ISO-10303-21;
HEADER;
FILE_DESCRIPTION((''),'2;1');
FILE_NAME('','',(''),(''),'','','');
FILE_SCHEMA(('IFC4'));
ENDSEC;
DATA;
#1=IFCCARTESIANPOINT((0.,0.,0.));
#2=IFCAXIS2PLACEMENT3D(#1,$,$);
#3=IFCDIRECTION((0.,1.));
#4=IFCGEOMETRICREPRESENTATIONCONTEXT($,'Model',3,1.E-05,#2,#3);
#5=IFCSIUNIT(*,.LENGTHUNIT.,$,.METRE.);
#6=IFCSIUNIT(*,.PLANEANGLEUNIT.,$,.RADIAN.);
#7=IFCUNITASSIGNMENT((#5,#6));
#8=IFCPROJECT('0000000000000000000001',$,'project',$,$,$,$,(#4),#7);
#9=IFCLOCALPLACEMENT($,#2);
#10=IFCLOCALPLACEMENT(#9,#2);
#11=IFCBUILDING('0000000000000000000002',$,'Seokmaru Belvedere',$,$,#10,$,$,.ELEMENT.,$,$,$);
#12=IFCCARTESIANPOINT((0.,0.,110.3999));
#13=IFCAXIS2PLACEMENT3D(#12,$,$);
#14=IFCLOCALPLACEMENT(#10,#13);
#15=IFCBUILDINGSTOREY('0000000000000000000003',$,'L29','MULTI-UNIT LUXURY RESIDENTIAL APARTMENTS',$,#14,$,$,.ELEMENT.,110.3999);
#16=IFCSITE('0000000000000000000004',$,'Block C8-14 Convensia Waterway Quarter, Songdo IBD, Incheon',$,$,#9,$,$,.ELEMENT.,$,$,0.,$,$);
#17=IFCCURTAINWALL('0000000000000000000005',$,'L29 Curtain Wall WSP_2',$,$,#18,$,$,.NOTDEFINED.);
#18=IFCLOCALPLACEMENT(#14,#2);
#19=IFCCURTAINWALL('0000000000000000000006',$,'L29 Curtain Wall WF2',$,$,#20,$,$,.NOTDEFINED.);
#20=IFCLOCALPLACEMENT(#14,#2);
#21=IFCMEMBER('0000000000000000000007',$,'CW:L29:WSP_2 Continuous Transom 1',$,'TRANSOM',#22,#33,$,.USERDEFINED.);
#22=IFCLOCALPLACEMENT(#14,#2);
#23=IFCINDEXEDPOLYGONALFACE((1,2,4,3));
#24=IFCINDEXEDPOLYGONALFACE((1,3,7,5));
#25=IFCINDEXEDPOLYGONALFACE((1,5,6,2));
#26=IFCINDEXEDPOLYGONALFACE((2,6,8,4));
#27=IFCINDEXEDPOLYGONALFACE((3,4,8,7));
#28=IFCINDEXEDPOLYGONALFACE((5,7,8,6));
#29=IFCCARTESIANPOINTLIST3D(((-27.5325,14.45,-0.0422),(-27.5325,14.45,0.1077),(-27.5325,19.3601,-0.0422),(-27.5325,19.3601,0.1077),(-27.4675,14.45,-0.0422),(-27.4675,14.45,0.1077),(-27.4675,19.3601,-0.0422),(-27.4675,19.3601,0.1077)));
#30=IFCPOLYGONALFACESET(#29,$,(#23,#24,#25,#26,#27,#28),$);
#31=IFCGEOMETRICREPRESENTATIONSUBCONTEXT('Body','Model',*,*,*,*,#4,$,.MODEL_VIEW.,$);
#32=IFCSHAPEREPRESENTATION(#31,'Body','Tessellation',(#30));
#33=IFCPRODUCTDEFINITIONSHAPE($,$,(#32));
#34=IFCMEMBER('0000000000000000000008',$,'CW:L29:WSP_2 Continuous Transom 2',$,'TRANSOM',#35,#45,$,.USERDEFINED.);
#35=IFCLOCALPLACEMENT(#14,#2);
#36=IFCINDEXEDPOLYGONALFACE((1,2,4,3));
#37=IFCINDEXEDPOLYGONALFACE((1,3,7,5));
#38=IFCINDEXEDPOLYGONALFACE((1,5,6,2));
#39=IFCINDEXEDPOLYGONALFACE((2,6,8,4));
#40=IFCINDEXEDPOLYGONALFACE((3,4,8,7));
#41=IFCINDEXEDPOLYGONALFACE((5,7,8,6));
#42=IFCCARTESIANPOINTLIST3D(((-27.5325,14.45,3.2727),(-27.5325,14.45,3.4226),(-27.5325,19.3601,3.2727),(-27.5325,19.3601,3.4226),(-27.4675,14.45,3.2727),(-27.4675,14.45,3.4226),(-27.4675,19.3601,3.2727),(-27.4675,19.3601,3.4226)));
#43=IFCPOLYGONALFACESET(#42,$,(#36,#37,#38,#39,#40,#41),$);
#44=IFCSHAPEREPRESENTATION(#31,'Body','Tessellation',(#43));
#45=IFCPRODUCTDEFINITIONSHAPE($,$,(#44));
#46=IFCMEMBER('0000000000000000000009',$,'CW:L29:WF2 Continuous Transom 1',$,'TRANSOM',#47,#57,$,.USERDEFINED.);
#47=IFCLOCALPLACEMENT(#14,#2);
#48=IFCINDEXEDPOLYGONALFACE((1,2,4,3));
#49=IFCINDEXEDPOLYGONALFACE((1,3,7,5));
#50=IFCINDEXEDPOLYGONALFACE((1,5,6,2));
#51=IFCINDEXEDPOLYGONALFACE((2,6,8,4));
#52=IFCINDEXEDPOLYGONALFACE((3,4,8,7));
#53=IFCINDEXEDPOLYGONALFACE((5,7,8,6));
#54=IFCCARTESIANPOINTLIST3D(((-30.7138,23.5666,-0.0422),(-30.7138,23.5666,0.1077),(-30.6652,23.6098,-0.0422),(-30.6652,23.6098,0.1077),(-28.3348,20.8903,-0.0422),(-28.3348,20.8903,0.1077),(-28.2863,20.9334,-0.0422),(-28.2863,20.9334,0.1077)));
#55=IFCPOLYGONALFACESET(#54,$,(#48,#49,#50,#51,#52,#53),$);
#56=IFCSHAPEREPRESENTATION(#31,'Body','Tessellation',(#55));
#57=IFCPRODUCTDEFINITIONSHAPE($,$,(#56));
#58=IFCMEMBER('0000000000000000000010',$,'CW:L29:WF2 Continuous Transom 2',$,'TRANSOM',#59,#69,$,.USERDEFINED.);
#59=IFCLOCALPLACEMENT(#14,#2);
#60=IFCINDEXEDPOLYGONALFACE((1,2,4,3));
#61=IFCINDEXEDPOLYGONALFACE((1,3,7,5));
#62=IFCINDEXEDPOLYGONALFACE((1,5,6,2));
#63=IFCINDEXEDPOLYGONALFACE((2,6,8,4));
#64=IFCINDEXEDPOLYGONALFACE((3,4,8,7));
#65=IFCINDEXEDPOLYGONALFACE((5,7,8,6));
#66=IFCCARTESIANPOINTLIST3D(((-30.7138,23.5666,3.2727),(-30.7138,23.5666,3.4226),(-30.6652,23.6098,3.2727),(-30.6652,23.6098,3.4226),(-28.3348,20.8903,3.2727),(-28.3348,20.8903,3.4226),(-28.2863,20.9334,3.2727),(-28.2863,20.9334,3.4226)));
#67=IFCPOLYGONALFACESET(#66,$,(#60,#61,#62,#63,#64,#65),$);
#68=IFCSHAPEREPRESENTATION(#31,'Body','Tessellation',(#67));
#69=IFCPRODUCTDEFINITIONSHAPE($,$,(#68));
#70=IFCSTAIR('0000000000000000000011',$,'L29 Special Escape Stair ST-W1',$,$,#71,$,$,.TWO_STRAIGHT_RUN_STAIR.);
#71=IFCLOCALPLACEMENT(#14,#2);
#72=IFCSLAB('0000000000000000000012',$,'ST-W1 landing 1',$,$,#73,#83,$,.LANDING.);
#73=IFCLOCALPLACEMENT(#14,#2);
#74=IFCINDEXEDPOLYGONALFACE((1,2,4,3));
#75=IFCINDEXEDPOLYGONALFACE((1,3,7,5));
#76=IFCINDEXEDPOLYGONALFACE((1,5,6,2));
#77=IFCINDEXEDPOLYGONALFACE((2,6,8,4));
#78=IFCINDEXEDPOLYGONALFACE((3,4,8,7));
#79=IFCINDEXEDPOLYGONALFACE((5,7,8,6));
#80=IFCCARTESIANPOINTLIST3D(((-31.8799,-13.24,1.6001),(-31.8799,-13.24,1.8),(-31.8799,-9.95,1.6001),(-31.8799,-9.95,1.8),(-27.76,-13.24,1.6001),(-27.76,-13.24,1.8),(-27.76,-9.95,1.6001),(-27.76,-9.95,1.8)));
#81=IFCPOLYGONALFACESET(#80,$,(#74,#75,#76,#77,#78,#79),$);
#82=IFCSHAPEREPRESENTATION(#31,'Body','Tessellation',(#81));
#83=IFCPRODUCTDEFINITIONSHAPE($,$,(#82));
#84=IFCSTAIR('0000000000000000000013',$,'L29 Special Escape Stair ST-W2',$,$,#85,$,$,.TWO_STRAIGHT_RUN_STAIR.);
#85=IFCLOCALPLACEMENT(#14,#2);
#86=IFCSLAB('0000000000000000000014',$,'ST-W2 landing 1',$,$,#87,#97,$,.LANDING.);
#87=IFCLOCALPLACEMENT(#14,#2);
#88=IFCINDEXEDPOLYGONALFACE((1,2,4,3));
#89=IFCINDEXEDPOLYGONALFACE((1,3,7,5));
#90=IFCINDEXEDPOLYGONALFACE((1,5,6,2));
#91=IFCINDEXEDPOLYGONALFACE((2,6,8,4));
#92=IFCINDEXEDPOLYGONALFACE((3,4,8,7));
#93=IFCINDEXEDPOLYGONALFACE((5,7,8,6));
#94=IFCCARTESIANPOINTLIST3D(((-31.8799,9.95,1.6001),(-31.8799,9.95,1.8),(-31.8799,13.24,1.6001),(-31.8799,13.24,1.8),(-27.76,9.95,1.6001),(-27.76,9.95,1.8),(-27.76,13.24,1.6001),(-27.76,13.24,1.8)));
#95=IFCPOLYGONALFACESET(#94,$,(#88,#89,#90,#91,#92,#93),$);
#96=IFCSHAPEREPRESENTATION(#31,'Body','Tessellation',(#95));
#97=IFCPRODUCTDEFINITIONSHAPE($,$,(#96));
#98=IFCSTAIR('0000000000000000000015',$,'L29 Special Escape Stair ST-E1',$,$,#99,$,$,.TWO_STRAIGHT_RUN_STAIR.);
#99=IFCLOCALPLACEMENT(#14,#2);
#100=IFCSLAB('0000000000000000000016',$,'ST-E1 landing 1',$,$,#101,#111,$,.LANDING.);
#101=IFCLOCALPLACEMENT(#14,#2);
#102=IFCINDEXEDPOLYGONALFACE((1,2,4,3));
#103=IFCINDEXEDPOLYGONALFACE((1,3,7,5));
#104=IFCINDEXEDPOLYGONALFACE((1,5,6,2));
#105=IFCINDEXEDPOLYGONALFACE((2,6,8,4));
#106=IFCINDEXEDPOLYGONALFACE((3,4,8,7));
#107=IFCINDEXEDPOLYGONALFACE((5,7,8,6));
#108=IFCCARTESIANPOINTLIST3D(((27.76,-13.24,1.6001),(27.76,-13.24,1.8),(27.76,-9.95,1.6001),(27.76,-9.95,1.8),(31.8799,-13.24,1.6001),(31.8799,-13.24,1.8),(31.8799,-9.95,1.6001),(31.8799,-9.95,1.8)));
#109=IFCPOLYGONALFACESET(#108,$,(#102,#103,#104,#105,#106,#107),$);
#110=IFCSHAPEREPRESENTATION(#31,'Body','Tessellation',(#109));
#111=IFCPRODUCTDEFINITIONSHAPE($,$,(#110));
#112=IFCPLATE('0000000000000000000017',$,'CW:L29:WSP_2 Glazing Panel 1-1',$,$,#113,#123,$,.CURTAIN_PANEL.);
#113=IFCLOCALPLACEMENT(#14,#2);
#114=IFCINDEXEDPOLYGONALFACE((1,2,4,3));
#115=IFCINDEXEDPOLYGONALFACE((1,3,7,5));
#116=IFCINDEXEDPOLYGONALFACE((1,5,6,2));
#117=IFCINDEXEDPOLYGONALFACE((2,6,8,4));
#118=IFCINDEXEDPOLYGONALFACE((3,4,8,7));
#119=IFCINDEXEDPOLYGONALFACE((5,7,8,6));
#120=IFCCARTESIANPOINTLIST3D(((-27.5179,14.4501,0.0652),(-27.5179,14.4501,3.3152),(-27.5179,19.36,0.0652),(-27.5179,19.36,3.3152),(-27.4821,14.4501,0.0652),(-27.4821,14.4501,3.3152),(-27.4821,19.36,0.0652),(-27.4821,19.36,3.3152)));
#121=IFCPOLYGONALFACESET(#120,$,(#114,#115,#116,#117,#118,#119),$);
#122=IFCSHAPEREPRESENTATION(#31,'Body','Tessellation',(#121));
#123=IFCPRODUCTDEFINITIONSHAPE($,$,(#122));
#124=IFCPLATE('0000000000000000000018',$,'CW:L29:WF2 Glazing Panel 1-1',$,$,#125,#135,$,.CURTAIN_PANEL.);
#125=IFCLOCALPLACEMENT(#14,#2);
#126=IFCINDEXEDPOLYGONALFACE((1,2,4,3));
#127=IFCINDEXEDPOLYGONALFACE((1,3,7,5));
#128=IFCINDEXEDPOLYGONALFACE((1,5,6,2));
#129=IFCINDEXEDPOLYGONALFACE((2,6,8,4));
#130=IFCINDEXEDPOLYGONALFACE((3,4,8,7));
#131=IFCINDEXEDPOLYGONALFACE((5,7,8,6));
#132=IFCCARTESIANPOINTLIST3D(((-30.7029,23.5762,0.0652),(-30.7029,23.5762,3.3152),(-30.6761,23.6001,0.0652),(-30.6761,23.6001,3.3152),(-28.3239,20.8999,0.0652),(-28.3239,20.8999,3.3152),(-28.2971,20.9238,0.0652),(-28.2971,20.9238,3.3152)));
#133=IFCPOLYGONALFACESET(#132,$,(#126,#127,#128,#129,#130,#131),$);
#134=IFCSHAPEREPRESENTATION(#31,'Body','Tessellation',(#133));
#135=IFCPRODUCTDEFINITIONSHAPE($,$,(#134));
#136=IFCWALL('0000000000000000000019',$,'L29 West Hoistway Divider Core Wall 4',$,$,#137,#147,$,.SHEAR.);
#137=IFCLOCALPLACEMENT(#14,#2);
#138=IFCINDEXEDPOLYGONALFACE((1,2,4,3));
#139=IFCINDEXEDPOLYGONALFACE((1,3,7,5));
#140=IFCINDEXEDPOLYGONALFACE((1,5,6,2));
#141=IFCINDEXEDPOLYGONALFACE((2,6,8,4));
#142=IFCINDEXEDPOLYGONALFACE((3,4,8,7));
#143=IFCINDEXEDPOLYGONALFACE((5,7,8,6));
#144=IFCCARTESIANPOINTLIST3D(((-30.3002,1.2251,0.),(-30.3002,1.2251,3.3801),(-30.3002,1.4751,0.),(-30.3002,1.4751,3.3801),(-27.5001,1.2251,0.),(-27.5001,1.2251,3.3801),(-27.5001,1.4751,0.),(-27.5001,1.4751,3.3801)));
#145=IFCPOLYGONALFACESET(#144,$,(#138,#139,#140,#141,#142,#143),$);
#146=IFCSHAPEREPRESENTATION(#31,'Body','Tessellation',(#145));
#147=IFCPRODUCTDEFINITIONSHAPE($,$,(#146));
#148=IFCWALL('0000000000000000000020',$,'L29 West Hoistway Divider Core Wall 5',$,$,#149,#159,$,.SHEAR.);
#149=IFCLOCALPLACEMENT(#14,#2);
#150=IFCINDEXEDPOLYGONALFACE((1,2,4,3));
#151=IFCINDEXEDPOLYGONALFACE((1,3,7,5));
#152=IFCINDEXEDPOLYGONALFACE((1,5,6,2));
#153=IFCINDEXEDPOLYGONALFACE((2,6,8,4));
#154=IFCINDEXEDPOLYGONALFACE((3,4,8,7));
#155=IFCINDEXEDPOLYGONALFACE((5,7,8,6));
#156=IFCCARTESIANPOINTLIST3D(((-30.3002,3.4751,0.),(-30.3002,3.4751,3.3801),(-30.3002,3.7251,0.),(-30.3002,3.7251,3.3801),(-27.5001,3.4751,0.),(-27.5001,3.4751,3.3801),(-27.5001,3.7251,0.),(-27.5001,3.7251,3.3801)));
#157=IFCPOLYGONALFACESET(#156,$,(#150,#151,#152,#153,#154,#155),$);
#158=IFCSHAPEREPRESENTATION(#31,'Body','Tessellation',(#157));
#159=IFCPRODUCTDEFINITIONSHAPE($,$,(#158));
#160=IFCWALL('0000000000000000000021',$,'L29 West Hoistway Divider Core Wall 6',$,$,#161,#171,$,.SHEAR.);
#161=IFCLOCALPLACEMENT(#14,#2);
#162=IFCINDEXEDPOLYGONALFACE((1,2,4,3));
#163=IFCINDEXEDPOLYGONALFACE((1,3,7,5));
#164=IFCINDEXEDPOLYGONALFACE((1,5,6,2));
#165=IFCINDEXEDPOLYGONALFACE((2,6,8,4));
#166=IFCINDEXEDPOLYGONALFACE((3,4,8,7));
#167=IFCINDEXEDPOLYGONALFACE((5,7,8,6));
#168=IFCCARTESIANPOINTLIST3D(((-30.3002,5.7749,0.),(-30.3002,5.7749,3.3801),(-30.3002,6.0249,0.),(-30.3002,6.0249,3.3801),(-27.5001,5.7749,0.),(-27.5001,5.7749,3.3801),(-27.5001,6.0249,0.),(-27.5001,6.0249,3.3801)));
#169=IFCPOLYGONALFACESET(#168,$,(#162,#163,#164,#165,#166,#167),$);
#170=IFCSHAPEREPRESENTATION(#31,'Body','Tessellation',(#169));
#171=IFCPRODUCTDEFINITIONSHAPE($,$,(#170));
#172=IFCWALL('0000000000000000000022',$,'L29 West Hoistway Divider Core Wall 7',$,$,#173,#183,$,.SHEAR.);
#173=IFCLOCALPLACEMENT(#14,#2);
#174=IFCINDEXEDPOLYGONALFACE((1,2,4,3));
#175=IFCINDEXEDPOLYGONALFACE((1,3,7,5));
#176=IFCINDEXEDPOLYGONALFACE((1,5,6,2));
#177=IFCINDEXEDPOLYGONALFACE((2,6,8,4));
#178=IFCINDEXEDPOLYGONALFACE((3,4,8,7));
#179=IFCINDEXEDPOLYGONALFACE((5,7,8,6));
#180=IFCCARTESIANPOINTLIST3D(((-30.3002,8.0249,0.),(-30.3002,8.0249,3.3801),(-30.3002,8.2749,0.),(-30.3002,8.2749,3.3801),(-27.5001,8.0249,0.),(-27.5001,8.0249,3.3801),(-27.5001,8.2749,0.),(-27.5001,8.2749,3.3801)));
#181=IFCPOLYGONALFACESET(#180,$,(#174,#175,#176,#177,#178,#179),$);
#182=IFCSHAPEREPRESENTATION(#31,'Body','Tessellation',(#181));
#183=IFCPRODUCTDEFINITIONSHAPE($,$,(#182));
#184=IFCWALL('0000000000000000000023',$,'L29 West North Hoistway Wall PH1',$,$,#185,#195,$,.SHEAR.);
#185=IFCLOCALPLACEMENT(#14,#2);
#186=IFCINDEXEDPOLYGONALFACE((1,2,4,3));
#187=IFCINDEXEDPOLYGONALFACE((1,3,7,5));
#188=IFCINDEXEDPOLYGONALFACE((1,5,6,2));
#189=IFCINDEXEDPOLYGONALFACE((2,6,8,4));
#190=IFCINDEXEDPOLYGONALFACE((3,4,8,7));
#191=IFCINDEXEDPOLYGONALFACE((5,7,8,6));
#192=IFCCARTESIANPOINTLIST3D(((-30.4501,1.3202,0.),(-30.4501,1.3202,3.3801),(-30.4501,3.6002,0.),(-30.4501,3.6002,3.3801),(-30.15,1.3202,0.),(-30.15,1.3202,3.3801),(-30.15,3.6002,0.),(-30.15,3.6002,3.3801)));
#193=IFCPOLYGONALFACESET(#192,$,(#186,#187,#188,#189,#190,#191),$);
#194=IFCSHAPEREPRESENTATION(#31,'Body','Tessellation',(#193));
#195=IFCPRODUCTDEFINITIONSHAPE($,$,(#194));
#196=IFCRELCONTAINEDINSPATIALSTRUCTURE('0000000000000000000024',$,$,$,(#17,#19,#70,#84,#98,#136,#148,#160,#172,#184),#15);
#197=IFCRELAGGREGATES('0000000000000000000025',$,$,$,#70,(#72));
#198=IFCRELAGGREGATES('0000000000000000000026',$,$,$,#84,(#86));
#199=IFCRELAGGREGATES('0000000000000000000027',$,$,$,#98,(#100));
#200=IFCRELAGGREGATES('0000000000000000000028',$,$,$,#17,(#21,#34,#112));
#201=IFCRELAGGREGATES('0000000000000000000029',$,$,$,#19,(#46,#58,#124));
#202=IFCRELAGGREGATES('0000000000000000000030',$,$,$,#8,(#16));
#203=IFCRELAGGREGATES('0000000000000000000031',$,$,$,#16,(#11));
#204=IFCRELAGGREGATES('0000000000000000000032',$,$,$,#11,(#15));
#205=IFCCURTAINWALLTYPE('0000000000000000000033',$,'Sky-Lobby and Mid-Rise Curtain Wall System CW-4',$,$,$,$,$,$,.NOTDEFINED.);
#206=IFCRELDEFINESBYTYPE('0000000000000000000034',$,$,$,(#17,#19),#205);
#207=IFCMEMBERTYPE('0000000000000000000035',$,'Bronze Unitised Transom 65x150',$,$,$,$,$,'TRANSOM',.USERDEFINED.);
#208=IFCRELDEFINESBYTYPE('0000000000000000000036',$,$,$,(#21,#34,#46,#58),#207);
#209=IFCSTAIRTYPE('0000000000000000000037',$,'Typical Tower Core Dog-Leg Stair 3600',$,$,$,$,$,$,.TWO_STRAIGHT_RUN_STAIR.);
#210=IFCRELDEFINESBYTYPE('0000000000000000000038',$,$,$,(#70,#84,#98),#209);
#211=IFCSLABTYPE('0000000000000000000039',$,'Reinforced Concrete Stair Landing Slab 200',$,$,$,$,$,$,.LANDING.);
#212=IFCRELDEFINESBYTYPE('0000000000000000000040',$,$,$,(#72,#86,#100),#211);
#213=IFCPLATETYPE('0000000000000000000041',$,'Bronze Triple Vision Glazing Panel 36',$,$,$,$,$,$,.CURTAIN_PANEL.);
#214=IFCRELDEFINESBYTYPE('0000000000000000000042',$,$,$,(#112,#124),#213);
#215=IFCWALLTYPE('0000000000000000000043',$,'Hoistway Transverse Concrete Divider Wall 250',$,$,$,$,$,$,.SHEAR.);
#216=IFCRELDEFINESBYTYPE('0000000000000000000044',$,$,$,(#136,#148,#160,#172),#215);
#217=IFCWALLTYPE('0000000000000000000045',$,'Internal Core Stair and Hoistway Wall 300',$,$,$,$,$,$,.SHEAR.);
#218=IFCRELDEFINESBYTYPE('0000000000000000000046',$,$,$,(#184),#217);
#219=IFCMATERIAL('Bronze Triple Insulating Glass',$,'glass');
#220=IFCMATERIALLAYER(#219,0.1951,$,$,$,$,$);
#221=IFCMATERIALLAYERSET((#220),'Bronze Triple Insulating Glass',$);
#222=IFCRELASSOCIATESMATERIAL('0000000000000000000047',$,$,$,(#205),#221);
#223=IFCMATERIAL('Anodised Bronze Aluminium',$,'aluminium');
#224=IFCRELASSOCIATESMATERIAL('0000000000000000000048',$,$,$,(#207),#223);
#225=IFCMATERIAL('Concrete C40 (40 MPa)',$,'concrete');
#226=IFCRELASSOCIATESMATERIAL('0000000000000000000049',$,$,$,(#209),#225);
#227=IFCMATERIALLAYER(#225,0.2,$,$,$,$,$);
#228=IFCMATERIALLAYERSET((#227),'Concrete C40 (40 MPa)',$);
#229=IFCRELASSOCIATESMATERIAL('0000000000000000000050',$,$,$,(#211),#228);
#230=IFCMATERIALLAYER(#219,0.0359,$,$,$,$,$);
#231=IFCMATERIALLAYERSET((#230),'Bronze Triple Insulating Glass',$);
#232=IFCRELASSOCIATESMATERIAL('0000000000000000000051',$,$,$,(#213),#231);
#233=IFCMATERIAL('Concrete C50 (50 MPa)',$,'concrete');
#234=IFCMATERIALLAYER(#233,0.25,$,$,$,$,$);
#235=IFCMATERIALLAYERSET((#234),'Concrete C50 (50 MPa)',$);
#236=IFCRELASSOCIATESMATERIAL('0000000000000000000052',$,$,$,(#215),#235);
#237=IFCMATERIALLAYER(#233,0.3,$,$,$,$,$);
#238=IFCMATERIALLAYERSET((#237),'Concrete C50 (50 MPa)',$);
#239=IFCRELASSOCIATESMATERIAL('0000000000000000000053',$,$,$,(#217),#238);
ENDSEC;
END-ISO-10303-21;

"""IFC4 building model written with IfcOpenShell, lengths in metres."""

from ifc_helpers import new_model, si_unit, direction, frame, frame_2d, origin, origin_2d, place, context, subcontext, project, spatial, polyline, rectangle, outline, extrude, source, transform, mapped, material, layer, layer_set, material_profile, profile_set, type_object, type_shapes, element, aggregate, save


model = new_model("IFC4")

# Units and contexts
model_context = context("Model", 3, precision=1e-05, world=origin(), true_north=direction((0.0, 1.0)))
body_context = subcontext(model_context, "Body", "Model", "MODEL_VIEW")
ifc_project = project(units=[si_unit("LENGTHUNIT", "METRE"), si_unit("PLANEANGLEUNIT", "RADIAN")], contexts=[model_context])

# Site, building, storey
site_placement = place(None, origin())
site = spatial("IfcSite", under=ifc_project, at=site_placement, Name="Block C8-14 Convensia Waterway Quarter, Songdo IBD, Incheon", CompositionType="ELEMENT", RefElevation=0.0)
building_placement = place(site_placement, origin())
building = spatial("IfcBuilding", under=site, at=building_placement, Name="Seokmaru Belvedere", CompositionType="ELEMENT")
storey_placement = place(building_placement, frame((0.0, 0.0, 110.3999)))
storey = spatial("IfcBuildingStorey", under=building, at=storey_placement, Name="L29", Description="MULTI-UNIT LUXURY RESIDENTIAL APARTMENTS", CompositionType="ELEMENT", Elevation=110.3999)

# Curtain walls
ifc_material_1 = material(Name="Bronze Triple Insulating Glass", Category="glass")
ifc_layer_1 = layer(ifc_material_1, 0.1951)
ifc_layer_set_1 = layer_set([ifc_layer_1], Name="Bronze Triple Insulating Glass")
curtain_wall_type = type_object("IfcCurtainWallType", Name="Sky-Lobby and Mid-Rise Curtain Wall System CW-4", PredefinedType="NOTDEFINED", material=ifc_layer_set_1)
curtain_wall_1_placement = place(storey_placement, origin())
curtain_wall_1 = element("IfcCurtainWall", 1, at=curtain_wall_1_placement, inside=storey, type_object=curtain_wall_type, Name="L29 Curtain Wall WSP_2", PredefinedType="NOTDEFINED")
ifc_material_2 = material(Name="Anodised Bronze Aluminium", Category="aluminium")
curtain_wall_2_placement = place(storey_placement, origin())
curtain_wall_2 = element("IfcCurtainWall", 2, at=curtain_wall_2_placement, inside=storey, type_object=curtain_wall_type, Name="L29 Curtain Wall WF2", PredefinedType="NOTDEFINED")

# Members
ifc_material_profile_1 = material_profile(ifc_material_2, rectangle(XDim=0.0649, YDim=0.1499, at=origin_2d()), Name="CW-T-65x150")
ifc_profile_set_1 = profile_set([ifc_material_profile_1], Name="Anodised Bronze Aluminium")
member_type_1 = type_object("IfcMemberType", Name="Bronze Unitised Transom 65x150", ElementType="TRANSOM", PredefinedType="USERDEFINED", material=ifc_profile_set_1)
shared_shape_1 = source(origin(), body_context, "Body", "SweptSolid", [
    extrude(rectangle(XDim=0.0649, YDim=0.1499, at=origin_2d()), origin(), (0.0, 0.0, 1.0), 4.9102),
])
member_1_placement = place(storey_placement, frame((-27.5, 14.45, 0.0327), z_axis=(0.0, 1.0, 0.0), x_axis=(-1.0, 0.0, 0.0)))
member_1 = element("IfcMember", 3, at=member_1_placement, type_object=member_type_1, Name="CW:L29:WSP_2 Continuous Transom 1", ObjectType="TRANSOM", PredefinedType="USERDEFINED", context=body_context, shape_type="MappedRepresentation", body=[
    mapped(shared_shape_1, transform((0.0, 0.0, 0.0), scale=1.0)),
])
member_2_placement = place(storey_placement, frame((-27.5, 14.45, 3.3477), z_axis=(0.0, 1.0, 0.0), x_axis=(-1.0, 0.0, 0.0)))
member_2 = element("IfcMember", 4, at=member_2_placement, type_object=member_type_1, Name="CW:L29:WSP_2 Continuous Transom 2", ObjectType="TRANSOM", PredefinedType="USERDEFINED", context=body_context, shape_type="MappedRepresentation", body=[
    mapped(shared_shape_1, transform((0.0, 0.0, 0.0), scale=1.0)),
])
shared_shape_2 = source(origin(), body_context, "Body", "SweptSolid", [
    extrude(rectangle(XDim=0.0649, YDim=0.1499, at=origin_2d()), origin(), (0.0, 0.0, 1.0), 3.5808),
])
type_shapes(member_type_1, [shared_shape_1, shared_shape_2])
member_3_placement = place(storey_placement, frame((-28.3105, 20.9119, 0.0327), z_axis=(-0.664364, 0.747409, 0.0), x_axis=(-0.747409, -0.664364, 0.0)))
member_3 = element("IfcMember", 5, at=member_3_placement, type_object=member_type_1, Name="CW:L29:WF2 Continuous Transom 1", ObjectType="TRANSOM", PredefinedType="USERDEFINED", context=body_context, shape_type="MappedRepresentation", body=[
    mapped(shared_shape_2, transform((0.0, 0.0, 0.0), scale=1.0)),
])
member_4_placement = place(storey_placement, frame((-28.3105, 20.9119, 3.3477), z_axis=(-0.664364, 0.747409, 0.0), x_axis=(-0.747409, -0.664364, 0.0)))
member_4 = element("IfcMember", 6, at=member_4_placement, type_object=member_type_1, Name="CW:L29:WF2 Continuous Transom 2", ObjectType="TRANSOM", PredefinedType="USERDEFINED", context=body_context, shape_type="MappedRepresentation", body=[
    mapped(shared_shape_2, transform((0.0, 0.0, 0.0), scale=1.0)),
])

# Stairs, slabs
ifc_material_3 = material(Name="Concrete C40 (40 MPa)", Category="concrete")
stair_type = type_object("IfcStairType", Name="Typical Tower Core Dog-Leg Stair 3600", PredefinedType="TWO_STRAIGHT_RUN_STAIR", material=ifc_material_3)
stair_1_placement = place(storey_placement, origin())
stair_1 = element("IfcStair", 7, at=stair_1_placement, inside=storey, type_object=stair_type, Name="L29 Special Escape Stair ST-W1", PredefinedType="TWO_STRAIGHT_RUN_STAIR")
ifc_layer_2 = layer(ifc_material_3, 0.2)
ifc_layer_set_2 = layer_set([ifc_layer_2], Name="Concrete C40 (40 MPa)")
slab_type = type_object("IfcSlabType", Name="Reinforced Concrete Stair Landing Slab 200", PredefinedType="LANDING", material=ifc_layer_set_2)
slab_1_placement = place(storey_placement, frame((0.0, 0.0, 1.6001)))
slab_1 = element("IfcSlab", 8, at=slab_1_placement, type_object=slab_type, Name="ST-W1 landing 1", PredefinedType="LANDING", context=body_context, shape_type="SweptSolid", body=[
    extrude(outline(polyline([(-31.8799, -13.24), (-27.76, -13.24), (-27.76, -9.95), (-31.8799, -9.95), (-31.8799, -13.24)])), origin(), (0.0, 0.0, 1.0), 0.2),
])
aggregate(stair_1, [slab_1])
stair_2_placement = place(storey_placement, origin())
stair_2 = element("IfcStair", 9, at=stair_2_placement, inside=storey, type_object=stair_type, Name="L29 Special Escape Stair ST-W2", PredefinedType="TWO_STRAIGHT_RUN_STAIR")
slab_2_placement = place(storey_placement, frame((0.0, 0.0, 1.6001)))
slab_2 = element("IfcSlab", 10, at=slab_2_placement, type_object=slab_type, Name="ST-W2 landing 1", PredefinedType="LANDING", context=body_context, shape_type="SweptSolid", body=[
    extrude(outline(polyline([(-31.8799, 9.95), (-27.76, 9.95), (-27.76, 13.24), (-31.8799, 13.24), (-31.8799, 9.95)])), origin(), (0.0, 0.0, 1.0), 0.2),
])
aggregate(stair_2, [slab_2])
stair_3_placement = place(storey_placement, origin())
stair_3 = element("IfcStair", 11, at=stair_3_placement, inside=storey, type_object=stair_type, Name="L29 Special Escape Stair ST-E1", PredefinedType="TWO_STRAIGHT_RUN_STAIR")
slab_3_placement = place(storey_placement, frame((0.0, 0.0, 1.6001)))
slab_3 = element("IfcSlab", 12, at=slab_3_placement, type_object=slab_type, Name="ST-E1 landing 1", PredefinedType="LANDING", context=body_context, shape_type="SweptSolid", body=[
    extrude(outline(polyline([(27.76, -13.24), (31.8799, -13.24), (31.8799, -9.95), (27.76, -9.95), (27.76, -13.24)])), origin(), (0.0, 0.0, 1.0), 0.2),
])
aggregate(stair_3, [slab_3])

# Plates
ifc_layer_3 = layer(ifc_material_1, 0.0359)
ifc_layer_set_3 = layer_set([ifc_layer_3], Name="Bronze Triple Insulating Glass")
plate_type = type_object("IfcPlateType", Name="Bronze Triple Vision Glazing Panel 36", PredefinedType="CURTAIN_PANEL", material=ifc_layer_set_3)
shared_shape_3 = source(origin(), body_context, "Body", "SweptSolid", [
    extrude(rectangle(XDim=4.9099, YDim=0.0359, at=origin_2d()), origin(), (0.0, 0.0, 1.0), 3.25),
])
plate_1_placement = place(storey_placement, frame((-27.5, 16.905, 0.0652), z_axis=(0.0, 0.0, 1.0), x_axis=(0.0, 1.0, 0.0)))
plate_1 = element("IfcPlate", 13, at=plate_1_placement, type_object=plate_type, Name="CW:L29:WSP_2 Glazing Panel 1-1", PredefinedType="CURTAIN_PANEL", context=body_context, shape_type="MappedRepresentation", body=[
    mapped(shared_shape_3, transform((0.0, 0.0, 0.0), scale=1.0)),
])
aggregate(curtain_wall_1, [member_1, member_2, plate_1])
shared_shape_4 = source(origin(), body_context, "Body", "SweptSolid", [
    extrude(rectangle(XDim=3.5808, YDim=0.0359, at=origin_2d()), origin(), (0.0, 0.0, 1.0), 3.25),
])
type_shapes(plate_type, [shared_shape_3, shared_shape_4])
plate_2_placement = place(storey_placement, frame((-29.5, 22.25, 0.0652), z_axis=(0.0, 0.0, 1.0), x_axis=(-0.664363, 0.74741, 0.0)))
plate_2 = element("IfcPlate", 14, at=plate_2_placement, type_object=plate_type, Name="CW:L29:WF2 Glazing Panel 1-1", PredefinedType="CURTAIN_PANEL", context=body_context, shape_type="MappedRepresentation", body=[
    mapped(shared_shape_4, transform((0.0, 0.0, 0.0), scale=1.0)),
])
aggregate(curtain_wall_2, [member_3, member_4, plate_2])

# Walls
ifc_material_4 = material(Name="Concrete C50 (50 MPa)", Category="concrete")
ifc_layer_4 = layer(ifc_material_4, 0.25)
ifc_layer_set_4 = layer_set([ifc_layer_4], Name="Concrete C50 (50 MPa)")
wall_type_1 = type_object("IfcWallType", Name="Hoistway Transverse Concrete Divider Wall 250", PredefinedType="SHEAR", material=ifc_layer_set_4)
for number, where, z_axis, x_axis, name in (
    (15, (-30.3, 1.3501, 0.0), (0.0, 0.0, 1.0), (1.0, 0.0, 0.0), "L29 West Hoistway Divider Core Wall 4"),
    (16, (-30.3, 3.6001, 0.0), (0.0, 0.0, 1.0), (1.0, 0.0, 0.0), "L29 West Hoistway Divider Core Wall 5"),
    (17, (-30.3, 5.8999, 0.0), (0.0, 0.0, 1.0), (1.0, 0.0, 0.0), "L29 West Hoistway Divider Core Wall 6"),
    (18, (-30.3, 8.1499, 0.0), (0.0, 0.0, 1.0), (1.0, 0.0, 0.0), "L29 West Hoistway Divider Core Wall 7"),
):
    element("IfcWall", number, at=place(storey_placement, frame(where, z_axis=z_axis, x_axis=x_axis)), inside=storey, type_object=wall_type_1, Name=name, PredefinedType="SHEAR", context=body_context, shape_type="SweptSolid", body=[
        extrude(rectangle(XDim=2.8, YDim=0.25, at=frame_2d((1.3999, 0.0))), origin(), (0.0, 0.0, 1.0), 3.3801),
    ])
ifc_layer_5 = layer(ifc_material_4, 0.3)
ifc_layer_set_5 = layer_set([ifc_layer_5], Name="Concrete C50 (50 MPa)")
wall_type_2 = type_object("IfcWallType", Name="Internal Core Stair and Hoistway Wall 300", PredefinedType="SHEAR", material=ifc_layer_set_5)
wall_1_placement = place(storey_placement, frame((-30.3, 1.3201, 0.0), z_axis=(0.0, 0.0, 1.0), x_axis=(0.0, 1.0, 0.0)))
element("IfcWall", 19, at=wall_1_placement, inside=storey, type_object=wall_type_2, Name="L29 West North Hoistway Wall PH1", PredefinedType="SHEAR", context=body_context, shape_type="SweptSolid", body=[
    extrude(rectangle(XDim=2.28, YDim=0.3, at=frame_2d((1.1401, 0.0))), origin(), (0.0, 0.0, 1.0), 3.3801),
])

save(model, "model.ifc")
